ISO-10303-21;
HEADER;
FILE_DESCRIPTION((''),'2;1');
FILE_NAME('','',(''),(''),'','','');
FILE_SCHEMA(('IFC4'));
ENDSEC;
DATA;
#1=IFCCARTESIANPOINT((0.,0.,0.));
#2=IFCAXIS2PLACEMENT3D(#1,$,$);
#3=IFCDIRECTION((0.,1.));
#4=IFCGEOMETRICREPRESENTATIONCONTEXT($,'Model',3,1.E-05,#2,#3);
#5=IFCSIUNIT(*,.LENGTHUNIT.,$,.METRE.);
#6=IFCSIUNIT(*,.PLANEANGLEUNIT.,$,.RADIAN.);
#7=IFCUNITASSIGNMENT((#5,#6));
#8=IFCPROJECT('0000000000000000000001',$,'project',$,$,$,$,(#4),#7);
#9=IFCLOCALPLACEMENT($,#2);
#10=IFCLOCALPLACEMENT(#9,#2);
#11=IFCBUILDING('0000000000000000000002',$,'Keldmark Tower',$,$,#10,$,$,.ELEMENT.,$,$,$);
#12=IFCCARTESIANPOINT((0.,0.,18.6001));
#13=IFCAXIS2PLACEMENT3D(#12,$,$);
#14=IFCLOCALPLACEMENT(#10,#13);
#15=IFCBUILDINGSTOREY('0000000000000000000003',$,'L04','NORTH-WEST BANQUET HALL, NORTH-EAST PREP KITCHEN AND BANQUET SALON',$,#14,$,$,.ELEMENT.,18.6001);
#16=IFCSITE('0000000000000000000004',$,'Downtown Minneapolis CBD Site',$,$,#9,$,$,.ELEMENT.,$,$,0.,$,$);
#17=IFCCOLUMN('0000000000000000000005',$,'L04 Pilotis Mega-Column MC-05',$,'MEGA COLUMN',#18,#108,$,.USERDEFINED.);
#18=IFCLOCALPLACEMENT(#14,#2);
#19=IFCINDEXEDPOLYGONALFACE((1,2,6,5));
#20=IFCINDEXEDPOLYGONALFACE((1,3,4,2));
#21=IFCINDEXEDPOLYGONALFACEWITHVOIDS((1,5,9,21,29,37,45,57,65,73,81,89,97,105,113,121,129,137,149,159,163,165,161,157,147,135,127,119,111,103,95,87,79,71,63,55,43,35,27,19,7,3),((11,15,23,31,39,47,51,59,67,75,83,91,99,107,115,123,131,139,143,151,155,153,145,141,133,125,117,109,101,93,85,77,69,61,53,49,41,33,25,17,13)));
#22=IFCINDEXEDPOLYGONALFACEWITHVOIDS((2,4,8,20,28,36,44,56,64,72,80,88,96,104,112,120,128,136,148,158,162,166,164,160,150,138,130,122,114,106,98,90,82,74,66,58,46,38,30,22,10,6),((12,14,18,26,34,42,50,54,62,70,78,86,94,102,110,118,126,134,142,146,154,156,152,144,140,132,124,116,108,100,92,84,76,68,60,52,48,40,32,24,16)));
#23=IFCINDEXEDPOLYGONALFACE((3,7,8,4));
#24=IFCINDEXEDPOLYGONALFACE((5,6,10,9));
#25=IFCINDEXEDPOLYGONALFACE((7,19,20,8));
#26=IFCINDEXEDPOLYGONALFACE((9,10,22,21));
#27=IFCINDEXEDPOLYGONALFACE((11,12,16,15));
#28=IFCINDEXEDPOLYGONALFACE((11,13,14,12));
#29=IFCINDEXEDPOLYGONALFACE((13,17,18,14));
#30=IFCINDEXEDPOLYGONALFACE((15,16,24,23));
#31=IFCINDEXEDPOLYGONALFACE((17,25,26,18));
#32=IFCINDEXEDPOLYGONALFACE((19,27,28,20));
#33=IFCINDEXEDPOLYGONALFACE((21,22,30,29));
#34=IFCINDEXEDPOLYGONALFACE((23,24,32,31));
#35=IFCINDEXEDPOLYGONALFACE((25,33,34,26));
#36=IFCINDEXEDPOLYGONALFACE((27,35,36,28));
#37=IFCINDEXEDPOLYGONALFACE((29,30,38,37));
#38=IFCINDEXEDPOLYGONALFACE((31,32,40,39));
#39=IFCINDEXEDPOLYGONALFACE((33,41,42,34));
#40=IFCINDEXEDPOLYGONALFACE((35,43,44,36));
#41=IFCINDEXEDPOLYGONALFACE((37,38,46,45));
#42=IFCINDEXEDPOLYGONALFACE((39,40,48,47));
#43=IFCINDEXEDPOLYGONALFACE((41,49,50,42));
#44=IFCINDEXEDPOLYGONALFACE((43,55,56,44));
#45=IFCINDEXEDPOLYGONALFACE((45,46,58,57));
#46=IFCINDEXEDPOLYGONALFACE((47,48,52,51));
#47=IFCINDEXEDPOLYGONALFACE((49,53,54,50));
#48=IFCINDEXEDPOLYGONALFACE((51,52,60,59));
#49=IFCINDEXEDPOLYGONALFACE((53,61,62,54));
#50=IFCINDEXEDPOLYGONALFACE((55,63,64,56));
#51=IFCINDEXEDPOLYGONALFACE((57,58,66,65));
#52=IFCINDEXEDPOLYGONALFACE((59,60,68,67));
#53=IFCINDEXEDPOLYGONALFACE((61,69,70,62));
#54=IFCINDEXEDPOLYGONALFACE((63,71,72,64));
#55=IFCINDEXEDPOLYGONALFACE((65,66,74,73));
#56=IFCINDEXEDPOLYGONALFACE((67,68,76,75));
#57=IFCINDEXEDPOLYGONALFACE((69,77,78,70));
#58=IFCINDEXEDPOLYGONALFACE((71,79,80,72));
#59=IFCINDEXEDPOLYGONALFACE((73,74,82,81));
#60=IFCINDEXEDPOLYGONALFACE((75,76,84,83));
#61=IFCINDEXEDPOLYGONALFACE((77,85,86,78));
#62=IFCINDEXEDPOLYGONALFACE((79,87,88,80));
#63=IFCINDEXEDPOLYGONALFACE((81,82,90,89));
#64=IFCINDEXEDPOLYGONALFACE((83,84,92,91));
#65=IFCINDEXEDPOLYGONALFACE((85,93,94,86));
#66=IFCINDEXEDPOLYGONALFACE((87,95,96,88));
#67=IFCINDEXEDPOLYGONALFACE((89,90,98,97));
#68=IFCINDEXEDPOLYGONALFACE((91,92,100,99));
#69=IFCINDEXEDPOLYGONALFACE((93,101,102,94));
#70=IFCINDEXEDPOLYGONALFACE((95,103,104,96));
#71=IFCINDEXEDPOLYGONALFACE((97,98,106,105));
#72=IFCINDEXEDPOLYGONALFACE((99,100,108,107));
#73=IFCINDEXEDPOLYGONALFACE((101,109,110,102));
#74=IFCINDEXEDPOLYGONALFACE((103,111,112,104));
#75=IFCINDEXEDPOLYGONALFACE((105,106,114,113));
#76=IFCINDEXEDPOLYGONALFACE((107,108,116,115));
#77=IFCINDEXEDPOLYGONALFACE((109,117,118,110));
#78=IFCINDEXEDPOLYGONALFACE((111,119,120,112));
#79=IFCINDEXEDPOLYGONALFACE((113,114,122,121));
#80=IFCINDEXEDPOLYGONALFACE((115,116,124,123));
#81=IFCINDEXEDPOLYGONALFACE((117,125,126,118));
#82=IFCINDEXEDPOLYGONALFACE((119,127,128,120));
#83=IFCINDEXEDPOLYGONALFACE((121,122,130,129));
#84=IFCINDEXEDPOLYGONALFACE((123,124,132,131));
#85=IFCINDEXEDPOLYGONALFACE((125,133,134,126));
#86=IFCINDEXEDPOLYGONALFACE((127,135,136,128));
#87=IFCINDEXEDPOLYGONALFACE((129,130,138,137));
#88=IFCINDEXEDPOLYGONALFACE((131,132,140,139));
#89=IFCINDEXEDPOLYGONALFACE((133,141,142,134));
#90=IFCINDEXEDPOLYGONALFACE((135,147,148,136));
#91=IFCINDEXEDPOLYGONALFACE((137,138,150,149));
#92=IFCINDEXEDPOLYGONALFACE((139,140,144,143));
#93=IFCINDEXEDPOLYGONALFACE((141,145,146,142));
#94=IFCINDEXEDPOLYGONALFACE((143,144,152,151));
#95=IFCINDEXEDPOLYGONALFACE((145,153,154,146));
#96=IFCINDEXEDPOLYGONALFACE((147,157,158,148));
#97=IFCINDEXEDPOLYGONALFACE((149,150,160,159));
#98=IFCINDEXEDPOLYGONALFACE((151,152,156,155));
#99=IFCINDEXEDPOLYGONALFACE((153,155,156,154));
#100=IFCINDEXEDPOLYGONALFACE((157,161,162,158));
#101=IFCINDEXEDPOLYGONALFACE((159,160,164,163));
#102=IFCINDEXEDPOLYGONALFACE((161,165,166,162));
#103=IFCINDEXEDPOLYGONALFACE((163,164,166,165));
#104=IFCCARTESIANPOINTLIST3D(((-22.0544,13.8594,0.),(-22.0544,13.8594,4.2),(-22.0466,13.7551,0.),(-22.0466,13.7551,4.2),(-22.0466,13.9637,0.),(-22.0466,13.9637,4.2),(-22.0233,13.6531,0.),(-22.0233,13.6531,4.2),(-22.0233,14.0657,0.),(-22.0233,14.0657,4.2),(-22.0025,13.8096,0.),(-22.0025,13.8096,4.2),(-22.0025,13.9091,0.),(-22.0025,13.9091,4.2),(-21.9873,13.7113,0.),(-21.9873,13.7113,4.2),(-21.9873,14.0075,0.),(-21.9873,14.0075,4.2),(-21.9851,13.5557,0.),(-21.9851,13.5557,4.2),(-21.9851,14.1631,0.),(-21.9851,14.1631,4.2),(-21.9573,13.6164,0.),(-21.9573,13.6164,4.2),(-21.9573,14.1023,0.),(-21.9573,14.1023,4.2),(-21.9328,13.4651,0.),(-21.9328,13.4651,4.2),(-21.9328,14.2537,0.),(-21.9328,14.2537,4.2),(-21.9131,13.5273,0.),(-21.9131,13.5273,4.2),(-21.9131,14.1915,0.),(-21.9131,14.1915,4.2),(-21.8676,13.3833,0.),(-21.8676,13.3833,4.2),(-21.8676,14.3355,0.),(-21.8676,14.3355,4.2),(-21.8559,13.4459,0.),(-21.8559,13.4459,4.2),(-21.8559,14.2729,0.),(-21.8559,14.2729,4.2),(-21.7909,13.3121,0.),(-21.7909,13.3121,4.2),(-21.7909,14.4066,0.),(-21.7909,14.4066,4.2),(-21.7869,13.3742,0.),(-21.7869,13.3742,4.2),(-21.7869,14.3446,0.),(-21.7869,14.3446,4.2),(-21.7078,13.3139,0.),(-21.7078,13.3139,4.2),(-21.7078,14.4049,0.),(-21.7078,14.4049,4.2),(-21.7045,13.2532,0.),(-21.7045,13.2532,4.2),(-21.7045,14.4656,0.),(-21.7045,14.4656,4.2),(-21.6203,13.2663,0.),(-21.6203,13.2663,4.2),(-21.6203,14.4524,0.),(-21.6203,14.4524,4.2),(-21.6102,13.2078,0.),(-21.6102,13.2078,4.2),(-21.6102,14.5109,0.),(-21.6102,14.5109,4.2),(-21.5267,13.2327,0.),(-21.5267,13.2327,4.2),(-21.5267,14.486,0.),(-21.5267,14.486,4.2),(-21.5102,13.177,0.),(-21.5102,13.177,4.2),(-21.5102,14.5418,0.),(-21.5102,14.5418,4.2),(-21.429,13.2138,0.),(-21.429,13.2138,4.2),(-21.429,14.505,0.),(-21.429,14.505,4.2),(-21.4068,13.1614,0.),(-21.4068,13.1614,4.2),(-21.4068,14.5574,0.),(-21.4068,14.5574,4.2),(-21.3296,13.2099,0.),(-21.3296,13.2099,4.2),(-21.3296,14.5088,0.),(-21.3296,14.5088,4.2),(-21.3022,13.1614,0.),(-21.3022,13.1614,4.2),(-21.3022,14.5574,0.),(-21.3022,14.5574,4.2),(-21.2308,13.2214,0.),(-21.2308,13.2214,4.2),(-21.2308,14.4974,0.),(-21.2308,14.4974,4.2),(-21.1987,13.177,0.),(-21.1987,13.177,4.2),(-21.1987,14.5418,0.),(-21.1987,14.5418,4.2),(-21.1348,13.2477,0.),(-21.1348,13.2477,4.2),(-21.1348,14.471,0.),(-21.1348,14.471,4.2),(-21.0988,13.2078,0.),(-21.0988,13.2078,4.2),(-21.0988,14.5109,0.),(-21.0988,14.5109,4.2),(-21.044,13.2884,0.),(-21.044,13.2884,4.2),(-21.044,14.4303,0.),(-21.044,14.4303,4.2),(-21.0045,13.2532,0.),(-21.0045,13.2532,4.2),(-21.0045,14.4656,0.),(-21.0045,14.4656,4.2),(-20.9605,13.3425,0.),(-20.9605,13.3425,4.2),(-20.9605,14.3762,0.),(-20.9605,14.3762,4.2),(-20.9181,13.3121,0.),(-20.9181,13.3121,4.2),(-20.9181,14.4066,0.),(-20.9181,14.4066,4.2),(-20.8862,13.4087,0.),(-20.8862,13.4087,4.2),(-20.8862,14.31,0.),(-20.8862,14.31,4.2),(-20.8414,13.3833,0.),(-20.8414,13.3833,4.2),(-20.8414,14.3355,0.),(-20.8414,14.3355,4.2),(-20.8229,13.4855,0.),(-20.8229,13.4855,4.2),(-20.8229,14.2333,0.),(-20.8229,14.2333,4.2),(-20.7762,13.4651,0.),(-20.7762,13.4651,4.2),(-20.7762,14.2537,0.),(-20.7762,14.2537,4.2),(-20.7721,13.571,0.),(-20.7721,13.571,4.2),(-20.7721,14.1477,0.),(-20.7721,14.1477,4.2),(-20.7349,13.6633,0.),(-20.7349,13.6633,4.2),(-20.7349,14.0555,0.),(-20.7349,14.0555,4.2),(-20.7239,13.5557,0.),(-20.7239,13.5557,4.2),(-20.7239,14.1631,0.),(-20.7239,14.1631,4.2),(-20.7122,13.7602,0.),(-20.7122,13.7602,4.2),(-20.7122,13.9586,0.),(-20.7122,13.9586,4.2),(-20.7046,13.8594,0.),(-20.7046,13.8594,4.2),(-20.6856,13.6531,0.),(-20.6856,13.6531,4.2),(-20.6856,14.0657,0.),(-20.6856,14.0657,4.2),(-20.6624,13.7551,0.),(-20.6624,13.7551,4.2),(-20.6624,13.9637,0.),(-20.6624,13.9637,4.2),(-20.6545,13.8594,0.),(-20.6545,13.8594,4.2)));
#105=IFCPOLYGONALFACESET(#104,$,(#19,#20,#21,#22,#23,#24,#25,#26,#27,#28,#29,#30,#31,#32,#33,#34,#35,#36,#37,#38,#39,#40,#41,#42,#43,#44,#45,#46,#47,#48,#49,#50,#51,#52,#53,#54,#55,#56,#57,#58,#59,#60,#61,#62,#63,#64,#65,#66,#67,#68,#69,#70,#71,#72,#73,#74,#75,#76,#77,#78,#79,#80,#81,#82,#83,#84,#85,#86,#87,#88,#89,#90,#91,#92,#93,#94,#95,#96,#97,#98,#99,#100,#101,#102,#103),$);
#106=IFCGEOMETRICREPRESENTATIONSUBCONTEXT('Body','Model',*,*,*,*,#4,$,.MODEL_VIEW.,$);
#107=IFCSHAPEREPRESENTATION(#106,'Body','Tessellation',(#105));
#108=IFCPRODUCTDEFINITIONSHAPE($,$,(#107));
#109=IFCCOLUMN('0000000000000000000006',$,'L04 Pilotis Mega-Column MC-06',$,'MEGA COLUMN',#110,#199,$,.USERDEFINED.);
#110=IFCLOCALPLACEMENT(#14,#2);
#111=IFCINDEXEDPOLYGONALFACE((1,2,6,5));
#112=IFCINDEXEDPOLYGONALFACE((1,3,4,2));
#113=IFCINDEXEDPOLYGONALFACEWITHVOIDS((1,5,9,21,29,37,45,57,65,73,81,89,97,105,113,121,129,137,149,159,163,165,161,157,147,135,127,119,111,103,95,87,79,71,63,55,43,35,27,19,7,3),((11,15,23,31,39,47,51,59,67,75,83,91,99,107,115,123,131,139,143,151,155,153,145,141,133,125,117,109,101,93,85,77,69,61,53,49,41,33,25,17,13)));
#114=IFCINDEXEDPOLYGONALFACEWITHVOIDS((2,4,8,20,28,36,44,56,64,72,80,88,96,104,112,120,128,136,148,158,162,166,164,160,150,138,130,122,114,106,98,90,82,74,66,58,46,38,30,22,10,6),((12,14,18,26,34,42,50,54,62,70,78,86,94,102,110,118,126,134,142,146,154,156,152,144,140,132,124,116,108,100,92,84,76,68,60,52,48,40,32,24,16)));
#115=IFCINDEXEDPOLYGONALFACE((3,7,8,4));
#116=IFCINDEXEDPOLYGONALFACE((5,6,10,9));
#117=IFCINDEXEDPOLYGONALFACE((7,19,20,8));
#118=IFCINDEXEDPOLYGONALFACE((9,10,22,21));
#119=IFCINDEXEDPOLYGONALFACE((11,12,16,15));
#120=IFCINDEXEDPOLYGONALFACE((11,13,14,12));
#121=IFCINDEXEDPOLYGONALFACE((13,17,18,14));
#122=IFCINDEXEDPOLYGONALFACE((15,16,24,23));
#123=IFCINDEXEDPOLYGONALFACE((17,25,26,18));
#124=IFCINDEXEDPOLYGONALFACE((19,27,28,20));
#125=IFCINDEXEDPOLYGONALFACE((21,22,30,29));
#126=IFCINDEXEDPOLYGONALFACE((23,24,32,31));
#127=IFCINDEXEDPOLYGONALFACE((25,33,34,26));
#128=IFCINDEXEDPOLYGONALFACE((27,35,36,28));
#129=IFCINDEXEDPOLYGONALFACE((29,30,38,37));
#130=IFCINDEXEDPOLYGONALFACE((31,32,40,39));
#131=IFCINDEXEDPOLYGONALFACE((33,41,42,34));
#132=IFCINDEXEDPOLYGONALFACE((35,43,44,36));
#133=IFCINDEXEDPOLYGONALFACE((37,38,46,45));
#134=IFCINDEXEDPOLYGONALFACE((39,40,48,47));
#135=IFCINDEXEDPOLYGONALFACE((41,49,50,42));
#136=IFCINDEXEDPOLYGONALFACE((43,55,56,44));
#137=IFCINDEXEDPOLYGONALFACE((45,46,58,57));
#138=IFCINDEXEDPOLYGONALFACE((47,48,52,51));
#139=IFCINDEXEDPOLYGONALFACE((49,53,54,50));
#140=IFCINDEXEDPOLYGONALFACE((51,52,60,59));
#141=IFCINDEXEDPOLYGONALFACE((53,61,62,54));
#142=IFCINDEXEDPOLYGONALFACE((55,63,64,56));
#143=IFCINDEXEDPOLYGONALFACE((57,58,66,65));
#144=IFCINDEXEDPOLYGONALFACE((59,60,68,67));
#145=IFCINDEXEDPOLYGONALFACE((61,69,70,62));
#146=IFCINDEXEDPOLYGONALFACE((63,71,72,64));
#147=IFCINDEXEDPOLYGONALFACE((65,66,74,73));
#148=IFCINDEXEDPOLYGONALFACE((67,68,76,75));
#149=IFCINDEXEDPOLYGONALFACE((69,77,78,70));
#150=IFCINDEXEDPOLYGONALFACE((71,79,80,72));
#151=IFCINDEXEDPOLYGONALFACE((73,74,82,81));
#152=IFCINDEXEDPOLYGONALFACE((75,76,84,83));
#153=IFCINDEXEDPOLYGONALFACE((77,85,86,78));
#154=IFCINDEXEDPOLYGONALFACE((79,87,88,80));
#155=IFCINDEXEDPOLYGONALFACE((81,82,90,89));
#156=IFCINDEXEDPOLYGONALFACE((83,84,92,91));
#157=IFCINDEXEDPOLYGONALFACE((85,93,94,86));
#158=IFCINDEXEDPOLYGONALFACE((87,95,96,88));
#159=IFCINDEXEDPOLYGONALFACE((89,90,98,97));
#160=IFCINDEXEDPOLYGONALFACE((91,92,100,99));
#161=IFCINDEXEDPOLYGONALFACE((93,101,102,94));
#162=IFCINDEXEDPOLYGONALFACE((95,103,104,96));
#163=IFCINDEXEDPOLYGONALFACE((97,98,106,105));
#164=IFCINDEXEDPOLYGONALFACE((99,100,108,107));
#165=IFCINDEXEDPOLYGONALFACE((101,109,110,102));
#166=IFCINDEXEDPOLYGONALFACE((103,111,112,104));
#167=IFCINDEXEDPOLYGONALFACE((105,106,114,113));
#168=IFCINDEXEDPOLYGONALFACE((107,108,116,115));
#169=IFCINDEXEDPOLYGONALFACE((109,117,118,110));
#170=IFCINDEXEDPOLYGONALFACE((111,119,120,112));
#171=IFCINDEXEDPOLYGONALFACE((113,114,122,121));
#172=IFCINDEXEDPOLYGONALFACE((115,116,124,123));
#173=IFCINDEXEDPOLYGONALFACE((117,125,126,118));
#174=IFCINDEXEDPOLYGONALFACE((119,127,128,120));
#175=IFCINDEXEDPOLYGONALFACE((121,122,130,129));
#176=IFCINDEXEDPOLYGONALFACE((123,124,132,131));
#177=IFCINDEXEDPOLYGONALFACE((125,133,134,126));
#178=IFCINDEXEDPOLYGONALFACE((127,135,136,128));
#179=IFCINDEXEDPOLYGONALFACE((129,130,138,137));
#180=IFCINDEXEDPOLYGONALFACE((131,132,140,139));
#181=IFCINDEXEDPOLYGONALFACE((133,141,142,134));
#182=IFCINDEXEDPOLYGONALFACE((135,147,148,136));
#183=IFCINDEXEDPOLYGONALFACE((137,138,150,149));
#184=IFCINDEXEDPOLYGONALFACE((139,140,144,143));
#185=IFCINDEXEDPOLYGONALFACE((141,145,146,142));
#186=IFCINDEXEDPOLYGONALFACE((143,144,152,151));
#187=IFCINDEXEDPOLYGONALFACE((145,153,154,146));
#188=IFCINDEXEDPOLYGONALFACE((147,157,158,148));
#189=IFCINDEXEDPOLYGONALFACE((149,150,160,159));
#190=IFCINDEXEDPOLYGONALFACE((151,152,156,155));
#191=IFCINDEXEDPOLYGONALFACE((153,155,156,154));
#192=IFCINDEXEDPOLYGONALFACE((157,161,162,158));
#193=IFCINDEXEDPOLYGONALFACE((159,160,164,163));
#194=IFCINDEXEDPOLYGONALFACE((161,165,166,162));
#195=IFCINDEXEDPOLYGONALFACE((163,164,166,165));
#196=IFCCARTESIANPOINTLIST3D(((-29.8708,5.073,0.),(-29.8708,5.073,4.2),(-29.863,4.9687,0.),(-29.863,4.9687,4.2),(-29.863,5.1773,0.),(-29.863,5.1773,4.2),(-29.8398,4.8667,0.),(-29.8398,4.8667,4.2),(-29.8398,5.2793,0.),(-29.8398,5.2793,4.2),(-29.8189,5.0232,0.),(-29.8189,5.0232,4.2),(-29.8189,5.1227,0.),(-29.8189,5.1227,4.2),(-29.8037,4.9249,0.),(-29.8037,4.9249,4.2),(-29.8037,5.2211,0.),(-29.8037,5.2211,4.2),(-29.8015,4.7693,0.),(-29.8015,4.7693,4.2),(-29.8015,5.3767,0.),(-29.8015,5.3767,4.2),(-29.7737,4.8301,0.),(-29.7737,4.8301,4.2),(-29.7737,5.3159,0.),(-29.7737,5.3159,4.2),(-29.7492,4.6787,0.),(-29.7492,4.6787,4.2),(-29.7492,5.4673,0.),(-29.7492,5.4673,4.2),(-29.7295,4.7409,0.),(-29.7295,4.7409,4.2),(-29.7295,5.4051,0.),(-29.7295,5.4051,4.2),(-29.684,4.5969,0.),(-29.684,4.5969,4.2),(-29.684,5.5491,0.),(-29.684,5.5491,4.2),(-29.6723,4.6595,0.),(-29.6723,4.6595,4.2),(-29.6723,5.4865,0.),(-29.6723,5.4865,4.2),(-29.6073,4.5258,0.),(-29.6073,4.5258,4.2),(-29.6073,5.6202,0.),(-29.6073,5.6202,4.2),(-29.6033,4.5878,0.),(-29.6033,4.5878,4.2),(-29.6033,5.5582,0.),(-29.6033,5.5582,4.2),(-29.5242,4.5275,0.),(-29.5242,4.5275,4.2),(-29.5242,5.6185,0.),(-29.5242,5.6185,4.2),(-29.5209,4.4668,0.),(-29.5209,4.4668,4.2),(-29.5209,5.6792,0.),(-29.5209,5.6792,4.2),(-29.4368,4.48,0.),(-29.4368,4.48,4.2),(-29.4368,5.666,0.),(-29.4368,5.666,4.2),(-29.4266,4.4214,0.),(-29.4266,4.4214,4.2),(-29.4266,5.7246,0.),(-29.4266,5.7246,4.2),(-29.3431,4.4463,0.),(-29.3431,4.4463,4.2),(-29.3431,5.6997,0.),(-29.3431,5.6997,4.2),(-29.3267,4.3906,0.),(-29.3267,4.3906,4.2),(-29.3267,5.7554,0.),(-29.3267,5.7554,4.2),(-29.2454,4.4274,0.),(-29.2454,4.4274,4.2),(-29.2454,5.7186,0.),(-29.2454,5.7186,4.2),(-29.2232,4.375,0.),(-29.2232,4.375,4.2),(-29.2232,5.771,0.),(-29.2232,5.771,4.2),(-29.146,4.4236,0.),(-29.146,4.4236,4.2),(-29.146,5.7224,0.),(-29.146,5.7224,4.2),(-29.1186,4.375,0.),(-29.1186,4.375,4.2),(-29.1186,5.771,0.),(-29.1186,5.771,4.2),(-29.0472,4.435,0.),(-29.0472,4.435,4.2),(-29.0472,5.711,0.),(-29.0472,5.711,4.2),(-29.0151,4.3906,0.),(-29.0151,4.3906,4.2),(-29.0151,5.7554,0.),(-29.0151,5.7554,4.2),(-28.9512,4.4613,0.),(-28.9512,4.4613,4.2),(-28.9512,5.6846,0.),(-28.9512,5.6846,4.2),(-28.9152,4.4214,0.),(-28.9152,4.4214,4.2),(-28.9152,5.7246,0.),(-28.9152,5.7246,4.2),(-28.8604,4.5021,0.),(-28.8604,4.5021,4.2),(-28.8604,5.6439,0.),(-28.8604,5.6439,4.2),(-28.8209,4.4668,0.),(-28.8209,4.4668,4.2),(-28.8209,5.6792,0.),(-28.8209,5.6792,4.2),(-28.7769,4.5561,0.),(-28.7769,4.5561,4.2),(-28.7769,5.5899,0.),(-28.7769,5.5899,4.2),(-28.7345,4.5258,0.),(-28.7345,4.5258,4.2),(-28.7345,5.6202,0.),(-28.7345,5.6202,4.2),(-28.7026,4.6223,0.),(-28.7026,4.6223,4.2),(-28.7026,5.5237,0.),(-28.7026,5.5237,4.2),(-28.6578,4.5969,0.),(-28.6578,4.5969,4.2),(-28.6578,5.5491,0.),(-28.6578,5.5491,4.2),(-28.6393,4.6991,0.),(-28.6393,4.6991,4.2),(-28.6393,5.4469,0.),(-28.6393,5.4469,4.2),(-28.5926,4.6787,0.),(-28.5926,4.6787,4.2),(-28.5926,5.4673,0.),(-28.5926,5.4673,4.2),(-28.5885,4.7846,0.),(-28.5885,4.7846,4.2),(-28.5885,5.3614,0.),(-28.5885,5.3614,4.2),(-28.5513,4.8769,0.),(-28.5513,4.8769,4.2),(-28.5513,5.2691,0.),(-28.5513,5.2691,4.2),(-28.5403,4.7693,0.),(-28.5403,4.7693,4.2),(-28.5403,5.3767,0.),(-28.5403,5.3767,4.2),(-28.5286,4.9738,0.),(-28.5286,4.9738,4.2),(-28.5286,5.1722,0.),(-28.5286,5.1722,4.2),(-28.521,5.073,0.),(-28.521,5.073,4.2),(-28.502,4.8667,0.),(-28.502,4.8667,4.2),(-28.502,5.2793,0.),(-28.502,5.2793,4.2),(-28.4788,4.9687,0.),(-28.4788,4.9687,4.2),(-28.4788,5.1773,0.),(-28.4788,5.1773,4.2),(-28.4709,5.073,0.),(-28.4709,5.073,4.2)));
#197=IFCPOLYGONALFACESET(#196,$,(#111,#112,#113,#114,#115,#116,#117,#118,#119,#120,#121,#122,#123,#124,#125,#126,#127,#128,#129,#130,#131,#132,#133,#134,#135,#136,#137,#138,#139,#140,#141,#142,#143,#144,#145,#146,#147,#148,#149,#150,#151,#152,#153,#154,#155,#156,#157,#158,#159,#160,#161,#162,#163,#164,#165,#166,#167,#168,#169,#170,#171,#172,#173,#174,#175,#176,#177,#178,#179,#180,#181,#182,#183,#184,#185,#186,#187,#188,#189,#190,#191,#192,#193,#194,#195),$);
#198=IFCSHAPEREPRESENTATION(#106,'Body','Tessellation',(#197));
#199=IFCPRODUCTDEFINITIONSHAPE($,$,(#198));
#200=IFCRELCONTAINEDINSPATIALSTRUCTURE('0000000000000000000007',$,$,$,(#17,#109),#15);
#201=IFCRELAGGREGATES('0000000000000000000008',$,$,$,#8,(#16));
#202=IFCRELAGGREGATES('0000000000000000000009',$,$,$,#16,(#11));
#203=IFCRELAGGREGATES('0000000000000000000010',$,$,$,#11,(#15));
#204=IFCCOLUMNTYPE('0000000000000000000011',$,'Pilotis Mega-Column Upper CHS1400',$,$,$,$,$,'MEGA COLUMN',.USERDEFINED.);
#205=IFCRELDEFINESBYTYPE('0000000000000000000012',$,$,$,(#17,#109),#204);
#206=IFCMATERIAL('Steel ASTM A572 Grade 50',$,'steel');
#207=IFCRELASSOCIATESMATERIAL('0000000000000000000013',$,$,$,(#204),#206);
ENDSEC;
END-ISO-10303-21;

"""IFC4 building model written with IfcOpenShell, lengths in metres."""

from ifc_helpers import new_model, si_unit, direction, frame, origin, origin_2d, place, context, subcontext, project, spatial, hollow_circle, extrude, material, material_profile, profile_set, type_object, element, save


model = new_model("IFC4")

# Units and contexts
model_context = context("Model", 3, precision=1e-05, world=origin(), true_north=direction((0.0, 1.0)))
body_context = subcontext(model_context, "Body", "Model", "MODEL_VIEW")
ifc_project = project(units=[si_unit("LENGTHUNIT", "METRE"), si_unit("PLANEANGLEUNIT", "RADIAN")], contexts=[model_context])

# Site, building, storey
site_placement = place(None, origin())
site = spatial("IfcSite", under=ifc_project, at=site_placement, Name="Downtown Minneapolis CBD Site", CompositionType="ELEMENT", RefElevation=0.0)
building_placement = place(site_placement, origin())
building = spatial("IfcBuilding", under=site, at=building_placement, Name="Keldmark Tower", CompositionType="ELEMENT")
storey_placement = place(building_placement, frame((0.0, 0.0, 18.6001)))
storey = spatial("IfcBuildingStorey", under=building, at=storey_placement, Name="L04", Description="NORTH-WEST BANQUET HALL, NORTH-EAST PREP KITCHEN AND BANQUET SALON", CompositionType="ELEMENT", Elevation=18.6001)

# Columns
ifc_material_1 = material(Name="Steel ASTM A572 Grade 50", Category="steel")
ifc_material_profile_1 = material_profile(ifc_material_1, hollow_circle(Radius=0.7, WallThickness=0.05, at=origin_2d()), Name="CHS1400X50")
ifc_profile_set_1 = profile_set([ifc_material_profile_1], Name="Steel ASTM A572 Grade 50")
column_type = type_object("IfcColumnType", Name="Pilotis Mega-Column Upper CHS1400", ElementType="MEGA COLUMN", PredefinedType="USERDEFINED", material=ifc_profile_set_1)
for number, where, z_axis, x_axis, name in (
    (1, (-21.3545, 13.8594, 0.0), (0.0, 0.0, 1.0), (1.0, 0.0, 0.0), "L04 Pilotis Mega-Column MC-05"),
    (2, (-29.1709, 5.073, 0.0), (0.0, 0.0, 1.0), (1.0, 0.0, 0.0), "L04 Pilotis Mega-Column MC-06"),
):
    element("IfcColumn", number, at=place(storey_placement, frame(where, z_axis=z_axis, x_axis=x_axis)), inside=storey, type_object=column_type, Name=name, ObjectType="MEGA COLUMN", PredefinedType="USERDEFINED", context=body_context, shape_type="SweptSolid", body=[
        extrude(hollow_circle(Radius=0.7, WallThickness=0.05, at=origin_2d()), origin(), (0.0, 0.0, 1.0), 4.2),
    ])

save(model, "model.ifc")
